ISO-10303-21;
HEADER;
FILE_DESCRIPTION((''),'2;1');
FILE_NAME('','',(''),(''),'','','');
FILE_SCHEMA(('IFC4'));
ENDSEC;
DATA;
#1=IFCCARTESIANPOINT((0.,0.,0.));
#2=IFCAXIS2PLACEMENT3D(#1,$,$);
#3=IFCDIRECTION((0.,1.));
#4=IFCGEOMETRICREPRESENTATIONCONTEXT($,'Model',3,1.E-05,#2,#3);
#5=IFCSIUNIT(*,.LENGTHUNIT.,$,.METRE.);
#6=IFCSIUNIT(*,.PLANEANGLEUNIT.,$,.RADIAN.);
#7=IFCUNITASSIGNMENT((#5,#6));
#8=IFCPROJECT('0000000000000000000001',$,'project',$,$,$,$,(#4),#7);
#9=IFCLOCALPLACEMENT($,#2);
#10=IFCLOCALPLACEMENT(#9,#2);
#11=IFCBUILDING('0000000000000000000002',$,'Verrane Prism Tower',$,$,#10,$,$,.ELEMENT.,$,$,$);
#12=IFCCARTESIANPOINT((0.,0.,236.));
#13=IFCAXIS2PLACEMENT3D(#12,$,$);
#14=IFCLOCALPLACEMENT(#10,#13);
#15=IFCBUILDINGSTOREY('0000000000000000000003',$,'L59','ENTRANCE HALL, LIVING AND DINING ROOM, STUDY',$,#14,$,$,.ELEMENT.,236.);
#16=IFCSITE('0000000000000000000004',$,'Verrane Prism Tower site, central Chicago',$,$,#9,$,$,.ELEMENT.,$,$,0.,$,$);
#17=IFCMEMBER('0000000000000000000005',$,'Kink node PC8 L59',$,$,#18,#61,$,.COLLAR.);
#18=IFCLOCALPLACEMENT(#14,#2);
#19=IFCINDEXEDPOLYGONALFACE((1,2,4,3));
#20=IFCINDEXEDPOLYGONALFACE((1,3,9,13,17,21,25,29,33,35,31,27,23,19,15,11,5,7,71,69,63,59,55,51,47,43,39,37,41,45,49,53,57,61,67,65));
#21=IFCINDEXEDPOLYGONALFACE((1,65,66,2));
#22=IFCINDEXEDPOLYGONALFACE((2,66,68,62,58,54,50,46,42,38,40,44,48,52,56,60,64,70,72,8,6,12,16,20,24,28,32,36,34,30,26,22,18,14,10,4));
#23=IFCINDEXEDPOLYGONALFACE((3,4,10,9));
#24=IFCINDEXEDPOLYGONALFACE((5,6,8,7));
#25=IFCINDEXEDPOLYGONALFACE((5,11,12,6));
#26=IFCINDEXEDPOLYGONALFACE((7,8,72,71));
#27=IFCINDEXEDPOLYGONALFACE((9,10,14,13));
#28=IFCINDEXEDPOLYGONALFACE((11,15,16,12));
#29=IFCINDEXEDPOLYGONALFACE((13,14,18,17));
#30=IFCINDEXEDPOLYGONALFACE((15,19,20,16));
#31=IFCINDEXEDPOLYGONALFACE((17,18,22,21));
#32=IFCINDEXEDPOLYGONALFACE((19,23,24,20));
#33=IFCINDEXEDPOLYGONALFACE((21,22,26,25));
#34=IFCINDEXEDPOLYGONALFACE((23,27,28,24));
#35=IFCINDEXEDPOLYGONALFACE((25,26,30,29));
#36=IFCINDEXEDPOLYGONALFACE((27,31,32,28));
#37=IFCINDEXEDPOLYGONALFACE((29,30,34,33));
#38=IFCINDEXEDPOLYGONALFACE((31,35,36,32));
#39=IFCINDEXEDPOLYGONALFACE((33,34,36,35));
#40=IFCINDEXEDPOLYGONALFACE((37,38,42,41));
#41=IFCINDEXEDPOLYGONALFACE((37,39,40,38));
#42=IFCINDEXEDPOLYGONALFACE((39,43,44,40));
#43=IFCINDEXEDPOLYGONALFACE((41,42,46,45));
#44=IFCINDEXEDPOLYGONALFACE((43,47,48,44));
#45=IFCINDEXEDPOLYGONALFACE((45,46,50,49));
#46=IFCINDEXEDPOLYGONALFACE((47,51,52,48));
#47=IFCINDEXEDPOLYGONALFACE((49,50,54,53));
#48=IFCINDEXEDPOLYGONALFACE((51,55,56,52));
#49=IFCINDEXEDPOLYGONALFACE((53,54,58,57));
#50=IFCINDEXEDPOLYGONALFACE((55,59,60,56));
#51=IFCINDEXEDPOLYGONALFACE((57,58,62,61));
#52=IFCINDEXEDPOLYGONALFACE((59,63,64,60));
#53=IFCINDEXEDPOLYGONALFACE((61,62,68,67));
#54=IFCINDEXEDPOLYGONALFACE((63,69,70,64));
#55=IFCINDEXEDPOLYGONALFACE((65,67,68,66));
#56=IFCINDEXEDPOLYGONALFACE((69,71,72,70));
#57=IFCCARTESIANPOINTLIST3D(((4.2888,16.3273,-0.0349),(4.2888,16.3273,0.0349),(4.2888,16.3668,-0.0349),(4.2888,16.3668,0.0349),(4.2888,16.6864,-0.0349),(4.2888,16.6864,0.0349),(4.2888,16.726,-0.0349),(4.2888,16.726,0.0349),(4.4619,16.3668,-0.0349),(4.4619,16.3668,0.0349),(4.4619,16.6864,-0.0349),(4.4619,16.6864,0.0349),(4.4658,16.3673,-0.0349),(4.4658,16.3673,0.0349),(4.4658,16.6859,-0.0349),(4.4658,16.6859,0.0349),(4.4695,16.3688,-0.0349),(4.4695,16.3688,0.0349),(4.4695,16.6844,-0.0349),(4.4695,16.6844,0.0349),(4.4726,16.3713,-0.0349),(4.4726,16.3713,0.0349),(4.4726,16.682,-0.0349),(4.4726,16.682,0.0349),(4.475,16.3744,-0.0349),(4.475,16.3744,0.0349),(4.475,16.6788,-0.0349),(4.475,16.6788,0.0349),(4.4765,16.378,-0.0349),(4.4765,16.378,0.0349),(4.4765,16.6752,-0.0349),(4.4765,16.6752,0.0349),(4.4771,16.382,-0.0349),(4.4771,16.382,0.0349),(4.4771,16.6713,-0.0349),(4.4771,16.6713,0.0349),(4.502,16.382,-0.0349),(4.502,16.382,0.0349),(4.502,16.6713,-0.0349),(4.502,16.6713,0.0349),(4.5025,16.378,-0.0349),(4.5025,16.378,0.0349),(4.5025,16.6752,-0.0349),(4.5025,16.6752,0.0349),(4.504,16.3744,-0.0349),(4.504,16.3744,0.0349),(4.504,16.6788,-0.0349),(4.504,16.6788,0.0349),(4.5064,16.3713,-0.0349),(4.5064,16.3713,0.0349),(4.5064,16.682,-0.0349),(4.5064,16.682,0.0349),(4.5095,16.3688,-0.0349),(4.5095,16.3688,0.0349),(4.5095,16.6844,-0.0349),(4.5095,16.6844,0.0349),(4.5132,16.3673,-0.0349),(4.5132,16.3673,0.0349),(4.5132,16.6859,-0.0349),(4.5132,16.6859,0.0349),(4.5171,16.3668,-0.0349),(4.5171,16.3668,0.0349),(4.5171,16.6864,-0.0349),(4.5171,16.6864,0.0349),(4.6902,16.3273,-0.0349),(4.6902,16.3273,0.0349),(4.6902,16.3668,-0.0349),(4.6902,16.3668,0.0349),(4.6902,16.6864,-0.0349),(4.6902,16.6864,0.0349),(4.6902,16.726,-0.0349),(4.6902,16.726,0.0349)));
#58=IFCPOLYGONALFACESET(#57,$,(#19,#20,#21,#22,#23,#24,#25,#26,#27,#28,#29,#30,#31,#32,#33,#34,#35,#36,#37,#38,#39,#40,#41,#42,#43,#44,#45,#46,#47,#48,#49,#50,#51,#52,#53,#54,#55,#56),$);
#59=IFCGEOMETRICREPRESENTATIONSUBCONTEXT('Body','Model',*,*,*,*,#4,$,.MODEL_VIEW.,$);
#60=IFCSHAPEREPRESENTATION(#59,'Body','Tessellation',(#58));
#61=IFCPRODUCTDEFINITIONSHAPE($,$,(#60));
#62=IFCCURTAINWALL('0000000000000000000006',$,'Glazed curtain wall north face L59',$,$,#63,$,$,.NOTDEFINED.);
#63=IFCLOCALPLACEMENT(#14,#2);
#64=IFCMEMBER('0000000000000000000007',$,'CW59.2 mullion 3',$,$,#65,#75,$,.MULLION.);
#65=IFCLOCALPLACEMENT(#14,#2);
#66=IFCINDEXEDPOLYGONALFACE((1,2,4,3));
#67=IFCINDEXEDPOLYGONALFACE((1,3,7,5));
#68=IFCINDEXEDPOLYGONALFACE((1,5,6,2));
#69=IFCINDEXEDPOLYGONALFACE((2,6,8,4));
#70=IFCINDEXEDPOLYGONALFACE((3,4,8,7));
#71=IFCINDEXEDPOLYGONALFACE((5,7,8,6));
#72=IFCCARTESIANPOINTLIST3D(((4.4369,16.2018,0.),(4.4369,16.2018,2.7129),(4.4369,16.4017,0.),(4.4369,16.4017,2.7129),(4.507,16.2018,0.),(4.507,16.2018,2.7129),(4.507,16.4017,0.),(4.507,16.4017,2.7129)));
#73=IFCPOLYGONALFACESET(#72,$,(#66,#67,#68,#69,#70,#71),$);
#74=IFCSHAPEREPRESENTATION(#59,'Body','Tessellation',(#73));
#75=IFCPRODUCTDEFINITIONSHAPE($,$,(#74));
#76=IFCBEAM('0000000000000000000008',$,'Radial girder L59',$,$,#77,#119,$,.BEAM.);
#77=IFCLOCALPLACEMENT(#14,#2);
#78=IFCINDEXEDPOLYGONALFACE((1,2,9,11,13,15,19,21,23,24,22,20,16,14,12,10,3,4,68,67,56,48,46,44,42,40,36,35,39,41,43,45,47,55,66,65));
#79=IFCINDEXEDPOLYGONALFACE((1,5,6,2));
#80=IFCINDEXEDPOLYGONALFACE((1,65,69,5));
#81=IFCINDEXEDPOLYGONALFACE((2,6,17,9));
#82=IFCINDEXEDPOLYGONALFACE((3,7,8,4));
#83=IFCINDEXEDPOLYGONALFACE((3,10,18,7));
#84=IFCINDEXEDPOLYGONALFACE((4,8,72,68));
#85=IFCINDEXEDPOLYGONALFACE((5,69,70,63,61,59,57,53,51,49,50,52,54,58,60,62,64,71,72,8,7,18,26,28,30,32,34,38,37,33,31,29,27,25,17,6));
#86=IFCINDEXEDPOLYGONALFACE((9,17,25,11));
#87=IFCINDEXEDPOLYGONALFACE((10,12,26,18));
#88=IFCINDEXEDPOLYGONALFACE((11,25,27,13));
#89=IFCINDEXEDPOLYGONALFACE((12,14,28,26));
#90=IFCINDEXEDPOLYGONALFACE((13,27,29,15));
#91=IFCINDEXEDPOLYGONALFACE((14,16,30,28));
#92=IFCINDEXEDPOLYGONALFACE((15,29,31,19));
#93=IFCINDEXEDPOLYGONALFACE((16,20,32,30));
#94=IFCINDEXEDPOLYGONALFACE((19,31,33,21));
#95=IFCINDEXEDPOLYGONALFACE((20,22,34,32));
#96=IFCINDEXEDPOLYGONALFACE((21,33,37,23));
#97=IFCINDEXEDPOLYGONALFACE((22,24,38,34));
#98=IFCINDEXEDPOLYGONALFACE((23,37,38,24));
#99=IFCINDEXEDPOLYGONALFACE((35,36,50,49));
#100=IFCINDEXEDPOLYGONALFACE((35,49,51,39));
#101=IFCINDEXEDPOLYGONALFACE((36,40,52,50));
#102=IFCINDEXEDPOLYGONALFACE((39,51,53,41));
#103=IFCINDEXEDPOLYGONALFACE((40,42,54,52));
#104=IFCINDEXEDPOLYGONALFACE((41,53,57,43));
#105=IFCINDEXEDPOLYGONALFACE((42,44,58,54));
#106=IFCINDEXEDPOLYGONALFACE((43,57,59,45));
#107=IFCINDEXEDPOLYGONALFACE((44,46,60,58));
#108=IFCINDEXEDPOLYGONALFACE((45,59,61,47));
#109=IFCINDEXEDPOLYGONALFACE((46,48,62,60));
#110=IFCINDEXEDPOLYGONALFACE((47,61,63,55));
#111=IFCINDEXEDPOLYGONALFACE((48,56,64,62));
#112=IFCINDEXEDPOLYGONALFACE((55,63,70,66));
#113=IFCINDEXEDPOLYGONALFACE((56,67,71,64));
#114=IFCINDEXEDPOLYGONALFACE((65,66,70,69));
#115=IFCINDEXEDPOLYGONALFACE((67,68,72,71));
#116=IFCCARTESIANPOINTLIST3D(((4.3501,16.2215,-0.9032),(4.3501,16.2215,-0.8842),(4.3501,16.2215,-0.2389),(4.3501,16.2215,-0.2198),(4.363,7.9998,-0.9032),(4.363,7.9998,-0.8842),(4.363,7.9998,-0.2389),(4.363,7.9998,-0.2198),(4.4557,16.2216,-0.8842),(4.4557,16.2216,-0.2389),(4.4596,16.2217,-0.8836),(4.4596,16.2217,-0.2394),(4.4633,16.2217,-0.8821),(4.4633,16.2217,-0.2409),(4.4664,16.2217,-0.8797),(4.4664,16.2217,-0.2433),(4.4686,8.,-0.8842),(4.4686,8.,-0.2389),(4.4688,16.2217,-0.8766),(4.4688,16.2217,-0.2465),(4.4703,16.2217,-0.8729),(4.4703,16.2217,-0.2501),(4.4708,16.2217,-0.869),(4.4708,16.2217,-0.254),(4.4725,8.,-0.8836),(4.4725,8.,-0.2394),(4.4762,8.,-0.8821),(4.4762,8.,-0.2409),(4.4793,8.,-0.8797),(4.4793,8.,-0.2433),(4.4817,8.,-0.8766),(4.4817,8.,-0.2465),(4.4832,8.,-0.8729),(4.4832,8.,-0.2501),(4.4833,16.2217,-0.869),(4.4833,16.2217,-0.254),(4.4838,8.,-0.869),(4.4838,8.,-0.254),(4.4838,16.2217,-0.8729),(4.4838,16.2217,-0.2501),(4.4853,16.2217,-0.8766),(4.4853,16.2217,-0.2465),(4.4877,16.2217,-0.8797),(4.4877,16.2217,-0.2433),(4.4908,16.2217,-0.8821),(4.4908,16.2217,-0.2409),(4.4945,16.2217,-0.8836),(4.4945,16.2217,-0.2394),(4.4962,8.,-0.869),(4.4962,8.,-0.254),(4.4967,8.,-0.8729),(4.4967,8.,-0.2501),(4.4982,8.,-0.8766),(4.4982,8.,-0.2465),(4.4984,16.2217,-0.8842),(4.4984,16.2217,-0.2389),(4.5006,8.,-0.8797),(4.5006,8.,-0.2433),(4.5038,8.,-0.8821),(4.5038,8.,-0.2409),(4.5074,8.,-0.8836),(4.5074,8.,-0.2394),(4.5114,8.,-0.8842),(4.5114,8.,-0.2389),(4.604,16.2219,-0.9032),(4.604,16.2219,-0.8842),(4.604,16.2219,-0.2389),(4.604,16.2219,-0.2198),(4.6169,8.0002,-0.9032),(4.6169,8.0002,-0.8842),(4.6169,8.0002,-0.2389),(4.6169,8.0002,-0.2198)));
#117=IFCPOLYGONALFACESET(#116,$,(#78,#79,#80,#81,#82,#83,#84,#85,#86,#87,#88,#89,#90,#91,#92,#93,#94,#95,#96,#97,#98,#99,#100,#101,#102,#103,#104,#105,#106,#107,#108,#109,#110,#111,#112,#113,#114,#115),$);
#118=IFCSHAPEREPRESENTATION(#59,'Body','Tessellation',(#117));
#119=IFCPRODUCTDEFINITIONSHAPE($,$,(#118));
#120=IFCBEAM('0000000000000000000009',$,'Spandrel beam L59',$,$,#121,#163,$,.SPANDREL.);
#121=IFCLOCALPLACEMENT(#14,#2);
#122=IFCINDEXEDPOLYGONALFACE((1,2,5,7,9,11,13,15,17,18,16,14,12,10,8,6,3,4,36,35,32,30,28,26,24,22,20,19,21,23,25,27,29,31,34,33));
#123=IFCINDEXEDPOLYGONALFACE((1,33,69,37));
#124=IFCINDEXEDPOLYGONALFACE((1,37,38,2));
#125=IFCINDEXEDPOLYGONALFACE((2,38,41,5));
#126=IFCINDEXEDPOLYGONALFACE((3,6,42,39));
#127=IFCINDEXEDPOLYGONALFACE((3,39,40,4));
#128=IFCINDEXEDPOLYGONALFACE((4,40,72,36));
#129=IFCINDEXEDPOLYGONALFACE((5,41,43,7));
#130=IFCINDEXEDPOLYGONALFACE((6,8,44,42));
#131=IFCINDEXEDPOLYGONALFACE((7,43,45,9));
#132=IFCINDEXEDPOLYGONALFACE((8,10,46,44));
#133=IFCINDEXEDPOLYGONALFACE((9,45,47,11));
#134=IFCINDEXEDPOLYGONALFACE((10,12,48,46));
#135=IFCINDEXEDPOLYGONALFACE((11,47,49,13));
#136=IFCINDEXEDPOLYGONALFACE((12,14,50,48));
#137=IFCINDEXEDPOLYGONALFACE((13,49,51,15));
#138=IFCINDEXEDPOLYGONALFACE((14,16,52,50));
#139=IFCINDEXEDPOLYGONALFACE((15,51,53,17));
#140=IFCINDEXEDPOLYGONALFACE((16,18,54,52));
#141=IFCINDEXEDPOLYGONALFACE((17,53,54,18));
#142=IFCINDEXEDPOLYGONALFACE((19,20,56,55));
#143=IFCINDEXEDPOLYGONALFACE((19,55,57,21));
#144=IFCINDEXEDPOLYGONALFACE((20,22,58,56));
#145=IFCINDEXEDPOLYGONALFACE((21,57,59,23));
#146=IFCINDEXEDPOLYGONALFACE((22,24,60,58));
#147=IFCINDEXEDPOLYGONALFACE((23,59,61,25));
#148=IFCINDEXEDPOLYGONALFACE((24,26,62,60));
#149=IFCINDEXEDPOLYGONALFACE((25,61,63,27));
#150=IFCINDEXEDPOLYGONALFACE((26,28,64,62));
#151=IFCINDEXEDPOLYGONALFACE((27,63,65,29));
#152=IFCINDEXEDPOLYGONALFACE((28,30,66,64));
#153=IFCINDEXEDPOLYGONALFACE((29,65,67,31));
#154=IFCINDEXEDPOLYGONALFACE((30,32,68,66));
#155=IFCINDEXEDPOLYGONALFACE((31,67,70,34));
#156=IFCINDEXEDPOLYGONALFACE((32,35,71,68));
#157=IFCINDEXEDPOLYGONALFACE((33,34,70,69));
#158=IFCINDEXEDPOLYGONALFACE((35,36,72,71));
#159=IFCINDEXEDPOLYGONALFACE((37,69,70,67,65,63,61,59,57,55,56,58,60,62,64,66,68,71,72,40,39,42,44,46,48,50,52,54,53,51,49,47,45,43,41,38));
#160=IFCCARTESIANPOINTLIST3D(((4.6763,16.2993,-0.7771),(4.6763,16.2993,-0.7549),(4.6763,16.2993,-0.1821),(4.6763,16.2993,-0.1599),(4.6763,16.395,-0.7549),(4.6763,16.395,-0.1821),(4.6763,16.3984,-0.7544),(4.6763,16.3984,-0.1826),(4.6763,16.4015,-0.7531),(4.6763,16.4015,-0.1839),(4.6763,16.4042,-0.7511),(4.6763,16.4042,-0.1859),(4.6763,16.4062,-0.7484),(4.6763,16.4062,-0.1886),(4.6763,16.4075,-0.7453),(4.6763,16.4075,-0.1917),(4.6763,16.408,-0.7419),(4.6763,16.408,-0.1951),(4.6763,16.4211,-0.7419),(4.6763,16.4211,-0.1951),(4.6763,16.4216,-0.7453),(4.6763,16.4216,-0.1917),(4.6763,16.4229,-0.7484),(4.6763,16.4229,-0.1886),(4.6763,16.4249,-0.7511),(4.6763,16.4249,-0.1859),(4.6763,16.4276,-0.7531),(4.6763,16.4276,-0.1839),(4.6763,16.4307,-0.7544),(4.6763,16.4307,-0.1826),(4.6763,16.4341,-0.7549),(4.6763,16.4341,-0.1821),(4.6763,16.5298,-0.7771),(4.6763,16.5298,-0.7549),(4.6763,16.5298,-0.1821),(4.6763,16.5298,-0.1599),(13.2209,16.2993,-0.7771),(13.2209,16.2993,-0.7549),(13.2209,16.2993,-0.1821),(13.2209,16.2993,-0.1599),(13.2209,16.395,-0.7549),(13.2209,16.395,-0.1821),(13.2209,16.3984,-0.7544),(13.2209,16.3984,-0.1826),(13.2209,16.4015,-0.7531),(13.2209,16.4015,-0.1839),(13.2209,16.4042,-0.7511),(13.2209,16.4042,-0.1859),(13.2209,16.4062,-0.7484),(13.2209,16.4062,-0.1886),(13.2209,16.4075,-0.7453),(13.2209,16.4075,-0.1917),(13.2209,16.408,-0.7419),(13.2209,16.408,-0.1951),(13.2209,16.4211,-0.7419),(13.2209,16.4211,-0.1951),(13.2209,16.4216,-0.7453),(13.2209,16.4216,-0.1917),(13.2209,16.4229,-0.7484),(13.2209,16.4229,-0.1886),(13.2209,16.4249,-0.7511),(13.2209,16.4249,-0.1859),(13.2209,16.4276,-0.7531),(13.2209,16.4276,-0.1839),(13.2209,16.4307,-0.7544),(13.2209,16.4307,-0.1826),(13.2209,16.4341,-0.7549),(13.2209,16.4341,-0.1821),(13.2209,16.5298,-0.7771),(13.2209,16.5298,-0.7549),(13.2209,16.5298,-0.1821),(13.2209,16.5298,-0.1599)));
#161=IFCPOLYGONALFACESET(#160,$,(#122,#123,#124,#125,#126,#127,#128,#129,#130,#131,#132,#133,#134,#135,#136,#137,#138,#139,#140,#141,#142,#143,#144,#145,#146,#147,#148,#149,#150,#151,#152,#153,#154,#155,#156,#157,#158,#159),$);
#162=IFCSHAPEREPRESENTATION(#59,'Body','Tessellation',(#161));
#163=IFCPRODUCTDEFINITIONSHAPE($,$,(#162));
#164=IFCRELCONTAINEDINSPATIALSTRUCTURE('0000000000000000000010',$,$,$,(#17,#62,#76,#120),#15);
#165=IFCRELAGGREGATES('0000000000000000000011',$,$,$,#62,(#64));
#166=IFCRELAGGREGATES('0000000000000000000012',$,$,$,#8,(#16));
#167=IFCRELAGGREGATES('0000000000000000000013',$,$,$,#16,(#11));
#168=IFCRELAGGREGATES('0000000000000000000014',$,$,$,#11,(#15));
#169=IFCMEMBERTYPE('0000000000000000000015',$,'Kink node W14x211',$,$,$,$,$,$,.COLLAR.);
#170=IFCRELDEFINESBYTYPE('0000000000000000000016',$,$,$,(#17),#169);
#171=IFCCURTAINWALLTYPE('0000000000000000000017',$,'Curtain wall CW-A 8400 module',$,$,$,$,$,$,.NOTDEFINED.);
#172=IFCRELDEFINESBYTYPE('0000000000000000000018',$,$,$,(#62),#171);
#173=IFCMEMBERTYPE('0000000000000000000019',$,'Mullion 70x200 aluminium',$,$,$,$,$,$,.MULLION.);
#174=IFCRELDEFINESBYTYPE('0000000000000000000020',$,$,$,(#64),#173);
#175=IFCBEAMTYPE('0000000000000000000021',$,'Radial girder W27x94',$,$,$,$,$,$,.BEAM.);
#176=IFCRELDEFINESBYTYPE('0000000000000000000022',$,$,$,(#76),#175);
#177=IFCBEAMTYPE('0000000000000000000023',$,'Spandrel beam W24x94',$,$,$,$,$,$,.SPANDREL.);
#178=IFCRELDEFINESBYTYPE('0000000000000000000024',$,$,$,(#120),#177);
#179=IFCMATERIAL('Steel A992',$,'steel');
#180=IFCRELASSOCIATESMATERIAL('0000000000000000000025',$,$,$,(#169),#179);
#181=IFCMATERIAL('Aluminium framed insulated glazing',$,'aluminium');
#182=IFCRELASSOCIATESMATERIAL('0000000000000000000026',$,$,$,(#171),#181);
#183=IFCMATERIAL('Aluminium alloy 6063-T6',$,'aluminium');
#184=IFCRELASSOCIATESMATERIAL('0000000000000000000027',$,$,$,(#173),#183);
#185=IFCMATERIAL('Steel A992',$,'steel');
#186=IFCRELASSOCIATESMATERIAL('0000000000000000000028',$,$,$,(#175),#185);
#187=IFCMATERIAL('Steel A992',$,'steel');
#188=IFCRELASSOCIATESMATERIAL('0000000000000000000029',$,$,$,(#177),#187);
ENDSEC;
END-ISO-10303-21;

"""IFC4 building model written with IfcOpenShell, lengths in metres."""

from ifc_helpers import new_model, si_unit, direction, frame, origin, origin_2d, place, context, subcontext, project, spatial, rectangle, i_section, extrude, material, material_profile, profile_set, type_object, element, aggregate, save


model = new_model("IFC4")

# Units and contexts
model_context = context("Model", 3, precision=1e-05, world=origin(), true_north=direction((0.0, 1.0)))
body_context = subcontext(model_context, "Body", "Model", "MODEL_VIEW")
ifc_project = project(units=[si_unit("LENGTHUNIT", "METRE"), si_unit("PLANEANGLEUNIT", "RADIAN")], contexts=[model_context])

# Site, building, storey
site_placement = place(None, origin())
site = spatial("IfcSite", under=ifc_project, at=site_placement, Name="Verrane Prism Tower site, central Chicago", CompositionType="ELEMENT", RefElevation=0.0)
building_placement = place(site_placement, origin())
building = spatial("IfcBuilding", under=site, at=building_placement, Name="Verrane Prism Tower", CompositionType="ELEMENT")
storey_placement = place(building_placement, frame((0.0, 0.0, 236.0)))
storey = spatial("IfcBuildingStorey", under=building, at=storey_placement, Name="L59", Description="ENTRANCE HALL, LIVING AND DINING ROOM, STUDY", CompositionType="ELEMENT", Elevation=236.0)

# Member
ifc_material_1 = material(Name="Steel A992", Category="steel")
ifc_material_profile_1 = material_profile(ifc_material_1, i_section(OverallWidth=0.4014, OverallDepth=0.3987, WebThickness=0.0249, FlangeThickness=0.0396, FilletRadius=0.0151, at=origin_2d()), Name="W14x211")
ifc_profile_set_1 = profile_set([ifc_material_profile_1], Name="Steel A992")
member_type_1 = type_object("IfcMemberType", Name="Kink node W14x211", PredefinedType="COLLAR", material=ifc_profile_set_1)
member_1_placement = place(storey_placement, frame((4.4895, 16.5266, -0.0349), z_axis=(0.0, 0.0, 1.0), x_axis=(1.0, 0.0, 0.0)))
element("IfcMember", 1, at=member_1_placement, inside=storey, type_object=member_type_1, Name="Kink node PC8 L59", PredefinedType="COLLAR", context=body_context, shape_type="SweptSolid", body=[
    extrude(i_section(OverallWidth=0.4014, OverallDepth=0.3987, WebThickness=0.0249, FlangeThickness=0.0396, FilletRadius=0.0151, at=origin_2d()), origin(), (0.0, 0.0, 1.0), 0.0698),
])

# Curtain wall, member
ifc_material_2 = material(Name="Aluminium framed insulated glazing", Category="aluminium")
curtain_wall_type = type_object("IfcCurtainWallType", Name="Curtain wall CW-A 8400 module", PredefinedType="NOTDEFINED", material=ifc_material_2)
curtain_wall_placement = place(storey_placement, origin())
curtain_wall = element("IfcCurtainWall", 2, at=curtain_wall_placement, inside=storey, type_object=curtain_wall_type, Name="Glazed curtain wall north face L59", PredefinedType="NOTDEFINED")
ifc_material_3 = material(Name="Aluminium alloy 6063-T6", Category="aluminium")
ifc_material_profile_2 = material_profile(ifc_material_3, rectangle(XDim=0.2, YDim=0.0701, at=origin_2d()), Name="Mullion 70x200 aluminium")
ifc_profile_set_2 = profile_set([ifc_material_profile_2], Name="Aluminium alloy 6063-T6")
member_type_2 = type_object("IfcMemberType", Name="Mullion 70x200 aluminium", PredefinedType="MULLION", material=ifc_profile_set_2)
member_2_placement = place(storey_placement, frame((4.4719, 16.3018, 0.0), z_axis=(0.0, 0.0, 1.0), x_axis=(0.0, -1.0, 0.0)))
member_2 = element("IfcMember", 3, at=member_2_placement, type_object=member_type_2, Name="CW59.2 mullion 3", PredefinedType="MULLION", context=body_context, shape_type="SweptSolid", body=[
    extrude(rectangle(XDim=0.2, YDim=0.0701, at=origin_2d()), origin(), (0.0, 0.0, 1.0), 2.7129),
])

# Beams
ifc_material_4 = material(Name="Steel A992", Category="steel")
ifc_material_profile_3 = material_profile(ifc_material_4, i_section(OverallWidth=0.2539, OverallDepth=0.6833, WebThickness=0.0125, FlangeThickness=0.019, FilletRadius=0.0151, at=origin_2d()), Name="W27x94")
ifc_profile_set_3 = profile_set([ifc_material_profile_3], Name="Steel A992")
beam_type_1 = type_object("IfcBeamType", Name="Radial girder W27x94", PredefinedType="BEAM", material=ifc_profile_set_3)
beam_1_placement = place(storey_placement, frame((4.4771, 16.2217, -0.5615), z_axis=(0.001574, -0.999999, 0.0), x_axis=(0.999999, 0.001574, 0.0)))
element("IfcBeam", 4, at=beam_1_placement, inside=storey, type_object=beam_type_1, Name="Radial girder L59", PredefinedType="BEAM", context=body_context, shape_type="SweptSolid", body=[
    extrude(i_section(OverallWidth=0.2539, OverallDepth=0.6833, WebThickness=0.0125, FlangeThickness=0.019, FilletRadius=0.0151, at=origin_2d()), origin(), (0.0, 0.0, 1.0), 8.2217),
])
ifc_material_5 = material(Name="Steel A992", Category="steel")
ifc_material_profile_4 = material_profile(ifc_material_5, i_section(OverallWidth=0.2305, OverallDepth=0.6172, WebThickness=0.0132, FlangeThickness=0.0222, FilletRadius=0.0129, at=origin_2d()), Name="W24x94")
ifc_profile_set_4 = profile_set([ifc_material_profile_4], Name="Steel A992")
beam_type_2 = type_object("IfcBeamType", Name="Spandrel beam W24x94", PredefinedType="SPANDREL", material=ifc_profile_set_4)
beam_2_placement = place(storey_placement, frame((13.2209, 16.4146, -0.4685), z_axis=(-1.0, 0.0, 0.0), x_axis=(0.0, -1.0, 0.0)))
element("IfcBeam", 5, at=beam_2_placement, inside=storey, type_object=beam_type_2, Name="Spandrel beam L59", PredefinedType="SPANDREL", context=body_context, shape_type="SweptSolid", body=[
    extrude(i_section(OverallWidth=0.2305, OverallDepth=0.6172, WebThickness=0.0132, FlangeThickness=0.0222, FilletRadius=0.0129, at=origin_2d()), origin(), (0.0, 0.0, 1.0), 8.5447),
])

aggregate(curtain_wall, [member_2])

save(model, "model.ifc")
